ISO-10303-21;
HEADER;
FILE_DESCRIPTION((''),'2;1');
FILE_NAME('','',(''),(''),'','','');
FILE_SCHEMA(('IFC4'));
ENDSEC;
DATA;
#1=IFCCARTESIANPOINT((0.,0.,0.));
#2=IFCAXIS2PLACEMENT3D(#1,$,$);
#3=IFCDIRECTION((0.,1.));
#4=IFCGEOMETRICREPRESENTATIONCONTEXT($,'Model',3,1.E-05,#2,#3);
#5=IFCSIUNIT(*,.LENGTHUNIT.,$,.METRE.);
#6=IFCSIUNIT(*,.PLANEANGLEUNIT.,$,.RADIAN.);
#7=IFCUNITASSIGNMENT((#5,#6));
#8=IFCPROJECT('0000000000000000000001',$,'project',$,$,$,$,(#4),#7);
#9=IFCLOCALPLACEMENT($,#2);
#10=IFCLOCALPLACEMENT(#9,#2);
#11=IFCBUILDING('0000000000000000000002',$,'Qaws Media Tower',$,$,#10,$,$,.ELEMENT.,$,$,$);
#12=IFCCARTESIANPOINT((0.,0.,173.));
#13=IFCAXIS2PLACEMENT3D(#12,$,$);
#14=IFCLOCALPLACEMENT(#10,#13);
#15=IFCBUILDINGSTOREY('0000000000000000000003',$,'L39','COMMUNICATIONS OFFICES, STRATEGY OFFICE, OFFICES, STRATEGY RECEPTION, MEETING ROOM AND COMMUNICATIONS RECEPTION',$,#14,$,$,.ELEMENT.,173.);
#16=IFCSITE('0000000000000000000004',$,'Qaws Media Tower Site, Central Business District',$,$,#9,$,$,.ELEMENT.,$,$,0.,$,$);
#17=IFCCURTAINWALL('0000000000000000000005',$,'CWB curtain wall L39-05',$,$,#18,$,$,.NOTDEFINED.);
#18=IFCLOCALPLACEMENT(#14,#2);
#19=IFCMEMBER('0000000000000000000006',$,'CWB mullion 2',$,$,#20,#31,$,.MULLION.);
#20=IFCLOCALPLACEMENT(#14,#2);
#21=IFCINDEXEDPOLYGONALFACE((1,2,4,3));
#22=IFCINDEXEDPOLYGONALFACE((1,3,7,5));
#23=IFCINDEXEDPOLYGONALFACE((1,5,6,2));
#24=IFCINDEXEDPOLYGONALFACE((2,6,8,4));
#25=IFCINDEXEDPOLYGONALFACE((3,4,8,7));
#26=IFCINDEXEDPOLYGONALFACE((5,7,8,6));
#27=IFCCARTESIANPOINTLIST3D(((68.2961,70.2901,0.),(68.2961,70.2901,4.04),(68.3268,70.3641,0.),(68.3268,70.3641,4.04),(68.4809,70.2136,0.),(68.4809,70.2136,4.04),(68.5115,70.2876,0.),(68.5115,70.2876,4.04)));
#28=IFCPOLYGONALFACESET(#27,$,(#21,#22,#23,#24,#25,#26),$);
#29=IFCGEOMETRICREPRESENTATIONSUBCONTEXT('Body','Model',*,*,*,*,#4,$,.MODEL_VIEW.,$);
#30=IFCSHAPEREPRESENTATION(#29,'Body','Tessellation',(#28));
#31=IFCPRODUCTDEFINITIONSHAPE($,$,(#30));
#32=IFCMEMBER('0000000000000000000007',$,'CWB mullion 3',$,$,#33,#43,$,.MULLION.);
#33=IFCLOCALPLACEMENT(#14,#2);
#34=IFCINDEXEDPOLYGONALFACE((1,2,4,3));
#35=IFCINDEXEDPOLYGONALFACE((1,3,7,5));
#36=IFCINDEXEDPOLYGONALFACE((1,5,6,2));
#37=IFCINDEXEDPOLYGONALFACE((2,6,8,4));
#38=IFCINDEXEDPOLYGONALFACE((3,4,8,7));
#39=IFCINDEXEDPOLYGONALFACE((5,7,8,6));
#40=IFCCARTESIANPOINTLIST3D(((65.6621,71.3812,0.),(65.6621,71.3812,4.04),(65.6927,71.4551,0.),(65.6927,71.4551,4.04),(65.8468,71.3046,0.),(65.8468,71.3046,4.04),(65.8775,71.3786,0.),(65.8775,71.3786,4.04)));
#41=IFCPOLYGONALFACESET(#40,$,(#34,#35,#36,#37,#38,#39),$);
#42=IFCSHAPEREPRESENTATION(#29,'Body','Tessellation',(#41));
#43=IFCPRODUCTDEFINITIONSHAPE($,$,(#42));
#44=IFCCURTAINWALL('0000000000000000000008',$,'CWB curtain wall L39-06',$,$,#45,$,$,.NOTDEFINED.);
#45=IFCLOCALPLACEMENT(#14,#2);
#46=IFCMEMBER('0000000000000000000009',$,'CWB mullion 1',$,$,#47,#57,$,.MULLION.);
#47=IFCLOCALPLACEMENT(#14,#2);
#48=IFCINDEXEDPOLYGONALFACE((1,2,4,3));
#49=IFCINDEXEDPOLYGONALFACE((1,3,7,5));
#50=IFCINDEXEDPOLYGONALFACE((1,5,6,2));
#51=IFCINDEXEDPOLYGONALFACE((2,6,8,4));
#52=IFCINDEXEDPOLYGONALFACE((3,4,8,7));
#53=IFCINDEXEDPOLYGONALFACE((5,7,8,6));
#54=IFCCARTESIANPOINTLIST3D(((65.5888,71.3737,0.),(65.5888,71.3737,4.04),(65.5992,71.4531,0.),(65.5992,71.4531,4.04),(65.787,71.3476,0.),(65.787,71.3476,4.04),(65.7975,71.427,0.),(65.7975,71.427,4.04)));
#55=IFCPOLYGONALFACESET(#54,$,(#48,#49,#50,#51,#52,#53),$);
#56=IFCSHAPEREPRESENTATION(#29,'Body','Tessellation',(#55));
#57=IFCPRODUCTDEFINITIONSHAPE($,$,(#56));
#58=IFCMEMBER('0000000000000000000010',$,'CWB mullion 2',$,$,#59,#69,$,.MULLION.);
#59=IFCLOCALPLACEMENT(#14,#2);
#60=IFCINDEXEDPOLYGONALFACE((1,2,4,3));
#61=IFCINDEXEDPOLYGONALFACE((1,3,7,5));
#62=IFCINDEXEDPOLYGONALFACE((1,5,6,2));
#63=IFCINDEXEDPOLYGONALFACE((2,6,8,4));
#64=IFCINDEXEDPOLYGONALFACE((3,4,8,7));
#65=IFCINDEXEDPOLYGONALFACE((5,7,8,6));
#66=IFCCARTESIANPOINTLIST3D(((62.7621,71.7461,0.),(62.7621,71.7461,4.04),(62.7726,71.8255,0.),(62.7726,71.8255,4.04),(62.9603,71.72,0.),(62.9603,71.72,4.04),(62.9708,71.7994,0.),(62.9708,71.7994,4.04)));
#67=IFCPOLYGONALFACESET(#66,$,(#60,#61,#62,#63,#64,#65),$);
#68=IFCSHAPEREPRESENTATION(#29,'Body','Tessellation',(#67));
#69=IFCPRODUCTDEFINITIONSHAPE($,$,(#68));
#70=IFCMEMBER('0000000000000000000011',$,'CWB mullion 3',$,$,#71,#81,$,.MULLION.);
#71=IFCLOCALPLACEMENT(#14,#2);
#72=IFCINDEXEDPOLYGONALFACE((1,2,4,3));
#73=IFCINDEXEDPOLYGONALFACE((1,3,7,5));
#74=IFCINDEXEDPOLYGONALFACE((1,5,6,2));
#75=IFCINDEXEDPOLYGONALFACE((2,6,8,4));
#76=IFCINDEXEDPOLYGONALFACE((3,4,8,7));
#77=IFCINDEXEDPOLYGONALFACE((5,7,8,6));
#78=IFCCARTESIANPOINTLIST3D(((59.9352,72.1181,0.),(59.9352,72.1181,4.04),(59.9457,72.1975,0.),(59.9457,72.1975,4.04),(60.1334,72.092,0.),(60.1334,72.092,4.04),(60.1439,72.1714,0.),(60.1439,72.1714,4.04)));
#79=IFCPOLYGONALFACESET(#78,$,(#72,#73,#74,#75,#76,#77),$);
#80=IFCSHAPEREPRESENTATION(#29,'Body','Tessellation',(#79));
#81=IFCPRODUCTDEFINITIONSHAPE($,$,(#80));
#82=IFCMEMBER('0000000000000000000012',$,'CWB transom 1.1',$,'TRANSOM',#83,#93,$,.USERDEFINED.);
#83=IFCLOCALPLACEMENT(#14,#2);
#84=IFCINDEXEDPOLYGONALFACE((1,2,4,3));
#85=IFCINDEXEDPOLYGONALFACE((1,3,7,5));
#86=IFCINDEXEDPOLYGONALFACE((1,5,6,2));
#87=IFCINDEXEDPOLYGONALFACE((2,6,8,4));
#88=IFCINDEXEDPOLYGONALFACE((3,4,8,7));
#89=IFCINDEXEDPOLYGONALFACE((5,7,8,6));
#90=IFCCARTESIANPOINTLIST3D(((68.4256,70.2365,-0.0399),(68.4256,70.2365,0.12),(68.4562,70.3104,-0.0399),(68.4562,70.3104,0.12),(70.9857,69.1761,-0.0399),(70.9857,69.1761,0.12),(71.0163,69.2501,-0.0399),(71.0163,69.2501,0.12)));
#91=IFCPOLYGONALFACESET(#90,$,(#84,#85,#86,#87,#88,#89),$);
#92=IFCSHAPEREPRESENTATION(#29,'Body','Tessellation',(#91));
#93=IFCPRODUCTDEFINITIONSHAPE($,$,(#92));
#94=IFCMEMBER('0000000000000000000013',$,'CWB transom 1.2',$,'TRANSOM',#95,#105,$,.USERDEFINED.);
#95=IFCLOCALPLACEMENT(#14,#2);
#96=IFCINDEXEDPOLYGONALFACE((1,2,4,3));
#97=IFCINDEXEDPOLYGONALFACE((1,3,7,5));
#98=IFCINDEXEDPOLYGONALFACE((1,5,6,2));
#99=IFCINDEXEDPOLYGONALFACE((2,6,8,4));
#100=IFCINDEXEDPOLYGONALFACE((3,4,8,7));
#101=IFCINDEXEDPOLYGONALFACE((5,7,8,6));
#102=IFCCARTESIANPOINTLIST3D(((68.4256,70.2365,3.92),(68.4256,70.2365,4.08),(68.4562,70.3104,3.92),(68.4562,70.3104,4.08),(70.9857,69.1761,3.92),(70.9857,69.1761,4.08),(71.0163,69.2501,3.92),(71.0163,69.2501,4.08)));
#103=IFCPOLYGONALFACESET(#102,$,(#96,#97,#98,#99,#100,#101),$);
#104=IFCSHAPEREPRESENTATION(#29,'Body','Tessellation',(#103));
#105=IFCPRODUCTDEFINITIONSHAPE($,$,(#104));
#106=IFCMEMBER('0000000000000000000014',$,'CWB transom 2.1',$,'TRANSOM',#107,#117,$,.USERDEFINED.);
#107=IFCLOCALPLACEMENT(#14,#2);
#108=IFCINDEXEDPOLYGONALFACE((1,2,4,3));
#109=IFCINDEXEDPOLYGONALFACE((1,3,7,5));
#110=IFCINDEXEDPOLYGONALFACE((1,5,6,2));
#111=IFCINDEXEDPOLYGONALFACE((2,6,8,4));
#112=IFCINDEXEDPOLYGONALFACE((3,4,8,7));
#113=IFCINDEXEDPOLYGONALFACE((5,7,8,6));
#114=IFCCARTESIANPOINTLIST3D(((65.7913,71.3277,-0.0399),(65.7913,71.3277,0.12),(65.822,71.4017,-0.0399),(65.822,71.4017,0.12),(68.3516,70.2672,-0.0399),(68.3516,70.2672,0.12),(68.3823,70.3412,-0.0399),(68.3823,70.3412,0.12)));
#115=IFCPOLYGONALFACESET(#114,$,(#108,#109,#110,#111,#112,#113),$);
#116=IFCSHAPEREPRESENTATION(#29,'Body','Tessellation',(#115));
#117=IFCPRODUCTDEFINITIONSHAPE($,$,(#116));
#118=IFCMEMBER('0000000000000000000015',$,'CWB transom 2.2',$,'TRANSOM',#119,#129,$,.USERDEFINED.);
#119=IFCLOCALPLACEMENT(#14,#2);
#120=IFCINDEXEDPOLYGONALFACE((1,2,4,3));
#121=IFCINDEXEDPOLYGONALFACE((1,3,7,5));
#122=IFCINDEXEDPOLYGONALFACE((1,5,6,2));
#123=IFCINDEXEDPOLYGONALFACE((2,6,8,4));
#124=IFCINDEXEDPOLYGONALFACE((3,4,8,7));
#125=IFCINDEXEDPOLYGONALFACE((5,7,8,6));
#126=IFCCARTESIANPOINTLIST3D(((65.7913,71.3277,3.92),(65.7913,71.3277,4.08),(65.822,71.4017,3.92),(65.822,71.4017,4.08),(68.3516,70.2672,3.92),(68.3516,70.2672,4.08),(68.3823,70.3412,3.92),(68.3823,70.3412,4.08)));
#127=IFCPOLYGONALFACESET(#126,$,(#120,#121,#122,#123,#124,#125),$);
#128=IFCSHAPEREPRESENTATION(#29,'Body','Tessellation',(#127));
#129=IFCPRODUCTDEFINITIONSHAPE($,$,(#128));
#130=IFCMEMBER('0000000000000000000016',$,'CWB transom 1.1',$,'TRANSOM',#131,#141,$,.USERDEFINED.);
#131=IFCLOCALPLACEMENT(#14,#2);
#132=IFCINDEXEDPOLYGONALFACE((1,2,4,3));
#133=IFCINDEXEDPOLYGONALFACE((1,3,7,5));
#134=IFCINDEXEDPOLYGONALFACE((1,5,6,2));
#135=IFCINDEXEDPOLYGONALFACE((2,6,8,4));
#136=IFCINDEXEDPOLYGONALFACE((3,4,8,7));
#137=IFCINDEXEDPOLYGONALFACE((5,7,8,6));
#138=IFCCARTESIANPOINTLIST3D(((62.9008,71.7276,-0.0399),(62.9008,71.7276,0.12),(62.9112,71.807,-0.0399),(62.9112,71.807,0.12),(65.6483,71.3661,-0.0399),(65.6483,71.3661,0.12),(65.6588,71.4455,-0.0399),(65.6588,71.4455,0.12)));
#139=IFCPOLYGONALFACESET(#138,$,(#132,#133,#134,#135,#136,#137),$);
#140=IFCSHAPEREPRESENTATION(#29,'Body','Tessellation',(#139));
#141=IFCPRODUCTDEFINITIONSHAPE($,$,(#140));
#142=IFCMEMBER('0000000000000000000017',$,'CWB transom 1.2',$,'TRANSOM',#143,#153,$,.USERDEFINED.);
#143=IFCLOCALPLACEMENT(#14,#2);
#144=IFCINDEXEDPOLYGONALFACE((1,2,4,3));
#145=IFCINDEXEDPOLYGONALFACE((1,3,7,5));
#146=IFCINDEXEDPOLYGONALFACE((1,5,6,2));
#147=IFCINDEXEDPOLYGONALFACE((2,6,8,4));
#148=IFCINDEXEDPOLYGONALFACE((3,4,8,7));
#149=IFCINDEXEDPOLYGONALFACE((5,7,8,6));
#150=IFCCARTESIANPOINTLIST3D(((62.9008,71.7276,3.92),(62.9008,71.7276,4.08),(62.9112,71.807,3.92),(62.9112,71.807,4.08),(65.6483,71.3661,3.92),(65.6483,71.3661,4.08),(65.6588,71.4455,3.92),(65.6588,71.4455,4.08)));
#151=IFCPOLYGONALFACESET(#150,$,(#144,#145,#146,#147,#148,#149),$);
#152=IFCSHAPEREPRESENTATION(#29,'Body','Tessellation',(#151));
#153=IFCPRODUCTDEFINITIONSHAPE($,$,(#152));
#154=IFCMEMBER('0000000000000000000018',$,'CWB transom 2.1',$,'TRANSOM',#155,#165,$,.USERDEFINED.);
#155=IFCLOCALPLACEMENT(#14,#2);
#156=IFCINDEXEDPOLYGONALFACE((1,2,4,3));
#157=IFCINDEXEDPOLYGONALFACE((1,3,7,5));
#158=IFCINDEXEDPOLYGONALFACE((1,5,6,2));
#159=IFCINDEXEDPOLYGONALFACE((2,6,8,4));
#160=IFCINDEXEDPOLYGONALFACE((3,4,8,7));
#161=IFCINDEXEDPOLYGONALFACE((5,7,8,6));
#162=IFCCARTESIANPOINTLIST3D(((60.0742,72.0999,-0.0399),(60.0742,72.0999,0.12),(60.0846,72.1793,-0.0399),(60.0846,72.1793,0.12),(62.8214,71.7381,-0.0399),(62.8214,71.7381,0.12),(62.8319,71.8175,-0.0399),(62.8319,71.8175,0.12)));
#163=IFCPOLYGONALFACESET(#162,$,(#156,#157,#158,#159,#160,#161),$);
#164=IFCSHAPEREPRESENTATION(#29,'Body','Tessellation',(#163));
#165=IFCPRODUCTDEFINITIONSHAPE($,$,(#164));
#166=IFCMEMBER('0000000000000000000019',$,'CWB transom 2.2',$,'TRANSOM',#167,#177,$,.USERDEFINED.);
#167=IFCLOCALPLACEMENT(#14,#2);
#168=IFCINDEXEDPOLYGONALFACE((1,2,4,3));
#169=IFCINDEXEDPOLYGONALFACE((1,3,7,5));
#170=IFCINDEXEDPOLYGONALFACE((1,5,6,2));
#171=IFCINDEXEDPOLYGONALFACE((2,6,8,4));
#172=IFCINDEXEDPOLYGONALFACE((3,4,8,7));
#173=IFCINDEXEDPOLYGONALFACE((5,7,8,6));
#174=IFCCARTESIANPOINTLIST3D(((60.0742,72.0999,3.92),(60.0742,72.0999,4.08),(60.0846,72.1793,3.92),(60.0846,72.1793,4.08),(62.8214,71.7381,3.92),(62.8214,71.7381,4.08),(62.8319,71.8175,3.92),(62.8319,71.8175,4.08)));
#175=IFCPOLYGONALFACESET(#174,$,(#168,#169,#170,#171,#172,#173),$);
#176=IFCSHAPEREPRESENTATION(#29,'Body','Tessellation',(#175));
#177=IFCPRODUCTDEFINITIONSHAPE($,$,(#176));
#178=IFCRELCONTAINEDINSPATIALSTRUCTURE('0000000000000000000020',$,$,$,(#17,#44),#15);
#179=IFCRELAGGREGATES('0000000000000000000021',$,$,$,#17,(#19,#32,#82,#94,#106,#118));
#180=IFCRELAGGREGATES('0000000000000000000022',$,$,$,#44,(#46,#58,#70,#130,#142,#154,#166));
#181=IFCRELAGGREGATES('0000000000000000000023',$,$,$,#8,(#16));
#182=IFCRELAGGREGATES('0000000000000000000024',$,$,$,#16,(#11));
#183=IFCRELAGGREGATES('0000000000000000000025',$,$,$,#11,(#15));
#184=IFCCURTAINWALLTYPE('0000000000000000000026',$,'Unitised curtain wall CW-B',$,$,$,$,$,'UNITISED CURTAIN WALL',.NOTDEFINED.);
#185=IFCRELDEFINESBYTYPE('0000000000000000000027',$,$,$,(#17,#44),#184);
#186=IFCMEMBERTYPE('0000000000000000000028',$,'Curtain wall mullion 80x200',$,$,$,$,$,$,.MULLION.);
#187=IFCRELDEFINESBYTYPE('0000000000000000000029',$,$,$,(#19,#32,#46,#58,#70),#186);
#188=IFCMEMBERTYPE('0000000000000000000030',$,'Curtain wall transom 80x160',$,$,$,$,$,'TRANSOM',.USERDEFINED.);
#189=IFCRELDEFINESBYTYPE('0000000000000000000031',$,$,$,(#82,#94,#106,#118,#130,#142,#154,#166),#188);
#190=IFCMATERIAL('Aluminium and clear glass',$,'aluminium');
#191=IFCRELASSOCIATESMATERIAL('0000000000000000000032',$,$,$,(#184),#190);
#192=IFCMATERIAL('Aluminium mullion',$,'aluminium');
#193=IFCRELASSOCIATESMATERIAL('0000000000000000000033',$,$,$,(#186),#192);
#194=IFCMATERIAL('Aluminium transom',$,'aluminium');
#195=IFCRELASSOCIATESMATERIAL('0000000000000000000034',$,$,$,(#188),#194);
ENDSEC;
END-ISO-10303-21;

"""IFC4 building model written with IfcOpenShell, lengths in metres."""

from ifc_helpers import new_model, si_unit, direction, frame, origin, origin_2d, place, context, subcontext, project, spatial, rectangle, extrude, material, material_profile, profile_set, type_object, element, aggregate, save


model = new_model("IFC4")

# Units and contexts
model_context = context("Model", 3, precision=1e-05, world=origin(), true_north=direction((0.0, 1.0)))
body_context = subcontext(model_context, "Body", "Model", "MODEL_VIEW")
ifc_project = project(units=[si_unit("LENGTHUNIT", "METRE"), si_unit("PLANEANGLEUNIT", "RADIAN")], contexts=[model_context])

# Site, building, storey
site_placement = place(None, origin())
site = spatial("IfcSite", under=ifc_project, at=site_placement, Name="Qaws Media Tower Site, Central Business District", CompositionType="ELEMENT", RefElevation=0.0)
building_placement = place(site_placement, origin())
building = spatial("IfcBuilding", under=site, at=building_placement, Name="Qaws Media Tower", CompositionType="ELEMENT")
storey_placement = place(building_placement, frame((0.0, 0.0, 173.0)))
storey = spatial("IfcBuildingStorey", under=building, at=storey_placement, Name="L39", Description="COMMUNICATIONS OFFICES, STRATEGY OFFICE, OFFICES, STRATEGY RECEPTION, MEETING ROOM AND COMMUNICATIONS RECEPTION", CompositionType="ELEMENT", Elevation=173.0)

# Curtain walls, members
ifc_material_1 = material(Name="Aluminium and clear glass", Category="aluminium")
curtain_wall_type = type_object("IfcCurtainWallType", Name="Unitised curtain wall CW-B", ElementType="UNITISED CURTAIN WALL", PredefinedType="NOTDEFINED", material=ifc_material_1)
curtain_wall_1_placement = place(storey_placement, origin())
curtain_wall_1 = element("IfcCurtainWall", 1, at=curtain_wall_1_placement, inside=storey, type_object=curtain_wall_type, Name="CWB curtain wall L39-05", PredefinedType="NOTDEFINED")
ifc_material_2 = material(Name="Aluminium mullion", Category="aluminium")
ifc_material_profile_1 = material_profile(ifc_material_2, rectangle(XDim=0.0801, YDim=0.2, at=origin_2d()), Name="80x200")
ifc_profile_set_1 = profile_set([ifc_material_profile_1], Name="Aluminium mullion")
member_type_1 = type_object("IfcMemberType", Name="Curtain wall mullion 80x200", PredefinedType="MULLION", material=ifc_profile_set_1)
member_1_placement = place(storey_placement, frame((68.4038, 70.2888, 0.0), z_axis=(0.0, 0.0, 1.0), x_axis=(-0.382683, -0.92388, 0.0)))
member_1 = element("IfcMember", 2, at=member_1_placement, type_object=member_type_1, Name="CWB mullion 2", PredefinedType="MULLION", context=body_context, shape_type="SweptSolid", body=[
    extrude(rectangle(XDim=0.0801, YDim=0.2, at=origin_2d()), origin(), (0.0, 0.0, 1.0), 4.04),
])
member_2_placement = place(storey_placement, frame((65.7698, 71.3799, 0.0), z_axis=(0.0, 0.0, 1.0), x_axis=(-0.382683, -0.92388, 0.0)))
member_2 = element("IfcMember", 3, at=member_2_placement, type_object=member_type_1, Name="CWB mullion 3", PredefinedType="MULLION", context=body_context, shape_type="SweptSolid", body=[
    extrude(rectangle(XDim=0.0801, YDim=0.2, at=origin_2d()), origin(), (0.0, 0.0, 1.0), 4.04),
])
curtain_wall_2_placement = place(storey_placement, origin())
curtain_wall_2 = element("IfcCurtainWall", 4, at=curtain_wall_2_placement, inside=storey, type_object=curtain_wall_type, Name="CWB curtain wall L39-06", PredefinedType="NOTDEFINED")
member_3_placement = place(storey_placement, frame((65.6931, 71.4004, 0.0), z_axis=(0.0, 0.0, 1.0), x_axis=(-0.130526, -0.991445, 0.0)))
member_3 = element("IfcMember", 5, at=member_3_placement, type_object=member_type_1, Name="CWB mullion 1", PredefinedType="MULLION", context=body_context, shape_type="SweptSolid", body=[
    extrude(rectangle(XDim=0.0801, YDim=0.2, at=origin_2d()), origin(), (0.0, 0.0, 1.0), 4.04),
])
member_4_placement = place(storey_placement, frame((62.8665, 71.7727, 0.0), z_axis=(0.0, 0.0, 1.0), x_axis=(-0.130526, -0.991445, 0.0)))
member_4 = element("IfcMember", 6, at=member_4_placement, type_object=member_type_1, Name="CWB mullion 2", PredefinedType="MULLION", context=body_context, shape_type="SweptSolid", body=[
    extrude(rectangle(XDim=0.0801, YDim=0.2, at=origin_2d()), origin(), (0.0, 0.0, 1.0), 4.04),
])
member_5_placement = place(storey_placement, frame((60.0396, 72.1448, 0.0), z_axis=(0.0, 0.0, 1.0), x_axis=(-0.130526, -0.991445, 0.0)))
member_5 = element("IfcMember", 7, at=member_5_placement, type_object=member_type_1, Name="CWB mullion 3", PredefinedType="MULLION", context=body_context, shape_type="SweptSolid", body=[
    extrude(rectangle(XDim=0.0801, YDim=0.2, at=origin_2d()), origin(), (0.0, 0.0, 1.0), 4.04),
])

# Members
ifc_material_3 = material(Name="Aluminium transom", Category="aluminium")
ifc_material_profile_2 = material_profile(ifc_material_3, rectangle(XDim=0.0801, YDim=0.1599, at=origin_2d()), Name="80x160")
ifc_profile_set_2 = profile_set([ifc_material_profile_2], Name="Aluminium transom")
member_type_2 = type_object("IfcMemberType", Name="Curtain wall transom 80x160", ElementType="TRANSOM", PredefinedType="USERDEFINED", material=ifc_profile_set_2)
member_6_placement = place(storey_placement, frame((71.001, 69.2131, 0.04), z_axis=(-0.923893, 0.38265, 0.0), x_axis=(-0.38265, -0.923893, 0.0)))
member_6 = element("IfcMember", 8, at=member_6_placement, type_object=member_type_2, Name="CWB transom 1.1", ObjectType="TRANSOM", PredefinedType="USERDEFINED", context=body_context, shape_type="SweptSolid", body=[
    extrude(rectangle(XDim=0.0801, YDim=0.1599, at=origin_2d()), origin(), (0.0, 0.0, 1.0), 2.771),
])
member_7_placement = place(storey_placement, frame((71.001, 69.2131, 4.0), z_axis=(-0.923893, 0.38265, 0.0), x_axis=(-0.38265, -0.923893, 0.0)))
member_7 = element("IfcMember", 9, at=member_7_placement, type_object=member_type_2, Name="CWB transom 1.2", ObjectType="TRANSOM", PredefinedType="USERDEFINED", context=body_context, shape_type="SweptSolid", body=[
    extrude(rectangle(XDim=0.0801, YDim=0.1599, at=origin_2d()), origin(), (0.0, 0.0, 1.0), 2.771),
])
member_8_placement = place(storey_placement, frame((68.3669, 70.3042, 0.04), z_axis=(-0.923875, 0.382694, 0.0), x_axis=(-0.382694, -0.923875, 0.0)))
member_8 = element("IfcMember", 10, at=member_8_placement, type_object=member_type_2, Name="CWB transom 2.1", ObjectType="TRANSOM", PredefinedType="USERDEFINED", context=body_context, shape_type="SweptSolid", body=[
    extrude(rectangle(XDim=0.0801, YDim=0.1599, at=origin_2d()), origin(), (0.0, 0.0, 1.0), 2.7712),
])
member_9_placement = place(storey_placement, frame((68.3669, 70.3042, 4.0), z_axis=(-0.923875, 0.382694, 0.0), x_axis=(-0.382694, -0.923875, 0.0)))
member_9 = element("IfcMember", 11, at=member_9_placement, type_object=member_type_2, Name="CWB transom 2.2", ObjectType="TRANSOM", PredefinedType="USERDEFINED", context=body_context, shape_type="SweptSolid", body=[
    extrude(rectangle(XDim=0.0801, YDim=0.1599, at=origin_2d()), origin(), (0.0, 0.0, 1.0), 2.7712),
])
member_10_placement = place(storey_placement, frame((65.6536, 71.4058, 0.04), z_axis=(-0.991452, 0.130473, 0.0), x_axis=(-0.130473, -0.991452, 0.0)))
member_10 = element("IfcMember", 12, at=member_10_placement, type_object=member_type_2, Name="CWB transom 1.1", ObjectType="TRANSOM", PredefinedType="USERDEFINED", context=body_context, shape_type="SweptSolid", body=[
    extrude(rectangle(XDim=0.0801, YDim=0.1599, at=origin_2d()), origin(), (0.0, 0.0, 1.0), 2.7712),
])
member_11_placement = place(storey_placement, frame((65.6536, 71.4058, 4.0), z_axis=(-0.991452, 0.130473, 0.0), x_axis=(-0.130473, -0.991452, 0.0)))
member_11 = element("IfcMember", 13, at=member_11_placement, type_object=member_type_2, Name="CWB transom 1.2", ObjectType="TRANSOM", PredefinedType="USERDEFINED", context=body_context, shape_type="SweptSolid", body=[
    extrude(rectangle(XDim=0.0801, YDim=0.1599, at=origin_2d()), origin(), (0.0, 0.0, 1.0), 2.7712),
])
member_12_placement = place(storey_placement, frame((62.8267, 71.7778, 0.04), z_axis=(-0.991439, 0.130571, 0.0), x_axis=(-0.130571, -0.991439, 0.0)))
member_12 = element("IfcMember", 14, at=member_12_placement, type_object=member_type_2, Name="CWB transom 2.1", ObjectType="TRANSOM", PredefinedType="USERDEFINED", context=body_context, shape_type="SweptSolid", body=[
    extrude(rectangle(XDim=0.0801, YDim=0.1599, at=origin_2d()), origin(), (0.0, 0.0, 1.0), 2.771),
])
member_13_placement = place(storey_placement, frame((62.8267, 71.7778, 4.0), z_axis=(-0.991439, 0.130571, 0.0), x_axis=(-0.130571, -0.991439, 0.0)))
member_13 = element("IfcMember", 15, at=member_13_placement, type_object=member_type_2, Name="CWB transom 2.2", ObjectType="TRANSOM", PredefinedType="USERDEFINED", context=body_context, shape_type="SweptSolid", body=[
    extrude(rectangle(XDim=0.0801, YDim=0.1599, at=origin_2d()), origin(), (0.0, 0.0, 1.0), 2.771),
])

aggregate(curtain_wall_1, [member_1, member_2, member_6, member_7, member_8, member_9])
aggregate(curtain_wall_2, [member_3, member_4, member_5, member_10, member_11, member_12, member_13])

save(model, "model.ifc")
